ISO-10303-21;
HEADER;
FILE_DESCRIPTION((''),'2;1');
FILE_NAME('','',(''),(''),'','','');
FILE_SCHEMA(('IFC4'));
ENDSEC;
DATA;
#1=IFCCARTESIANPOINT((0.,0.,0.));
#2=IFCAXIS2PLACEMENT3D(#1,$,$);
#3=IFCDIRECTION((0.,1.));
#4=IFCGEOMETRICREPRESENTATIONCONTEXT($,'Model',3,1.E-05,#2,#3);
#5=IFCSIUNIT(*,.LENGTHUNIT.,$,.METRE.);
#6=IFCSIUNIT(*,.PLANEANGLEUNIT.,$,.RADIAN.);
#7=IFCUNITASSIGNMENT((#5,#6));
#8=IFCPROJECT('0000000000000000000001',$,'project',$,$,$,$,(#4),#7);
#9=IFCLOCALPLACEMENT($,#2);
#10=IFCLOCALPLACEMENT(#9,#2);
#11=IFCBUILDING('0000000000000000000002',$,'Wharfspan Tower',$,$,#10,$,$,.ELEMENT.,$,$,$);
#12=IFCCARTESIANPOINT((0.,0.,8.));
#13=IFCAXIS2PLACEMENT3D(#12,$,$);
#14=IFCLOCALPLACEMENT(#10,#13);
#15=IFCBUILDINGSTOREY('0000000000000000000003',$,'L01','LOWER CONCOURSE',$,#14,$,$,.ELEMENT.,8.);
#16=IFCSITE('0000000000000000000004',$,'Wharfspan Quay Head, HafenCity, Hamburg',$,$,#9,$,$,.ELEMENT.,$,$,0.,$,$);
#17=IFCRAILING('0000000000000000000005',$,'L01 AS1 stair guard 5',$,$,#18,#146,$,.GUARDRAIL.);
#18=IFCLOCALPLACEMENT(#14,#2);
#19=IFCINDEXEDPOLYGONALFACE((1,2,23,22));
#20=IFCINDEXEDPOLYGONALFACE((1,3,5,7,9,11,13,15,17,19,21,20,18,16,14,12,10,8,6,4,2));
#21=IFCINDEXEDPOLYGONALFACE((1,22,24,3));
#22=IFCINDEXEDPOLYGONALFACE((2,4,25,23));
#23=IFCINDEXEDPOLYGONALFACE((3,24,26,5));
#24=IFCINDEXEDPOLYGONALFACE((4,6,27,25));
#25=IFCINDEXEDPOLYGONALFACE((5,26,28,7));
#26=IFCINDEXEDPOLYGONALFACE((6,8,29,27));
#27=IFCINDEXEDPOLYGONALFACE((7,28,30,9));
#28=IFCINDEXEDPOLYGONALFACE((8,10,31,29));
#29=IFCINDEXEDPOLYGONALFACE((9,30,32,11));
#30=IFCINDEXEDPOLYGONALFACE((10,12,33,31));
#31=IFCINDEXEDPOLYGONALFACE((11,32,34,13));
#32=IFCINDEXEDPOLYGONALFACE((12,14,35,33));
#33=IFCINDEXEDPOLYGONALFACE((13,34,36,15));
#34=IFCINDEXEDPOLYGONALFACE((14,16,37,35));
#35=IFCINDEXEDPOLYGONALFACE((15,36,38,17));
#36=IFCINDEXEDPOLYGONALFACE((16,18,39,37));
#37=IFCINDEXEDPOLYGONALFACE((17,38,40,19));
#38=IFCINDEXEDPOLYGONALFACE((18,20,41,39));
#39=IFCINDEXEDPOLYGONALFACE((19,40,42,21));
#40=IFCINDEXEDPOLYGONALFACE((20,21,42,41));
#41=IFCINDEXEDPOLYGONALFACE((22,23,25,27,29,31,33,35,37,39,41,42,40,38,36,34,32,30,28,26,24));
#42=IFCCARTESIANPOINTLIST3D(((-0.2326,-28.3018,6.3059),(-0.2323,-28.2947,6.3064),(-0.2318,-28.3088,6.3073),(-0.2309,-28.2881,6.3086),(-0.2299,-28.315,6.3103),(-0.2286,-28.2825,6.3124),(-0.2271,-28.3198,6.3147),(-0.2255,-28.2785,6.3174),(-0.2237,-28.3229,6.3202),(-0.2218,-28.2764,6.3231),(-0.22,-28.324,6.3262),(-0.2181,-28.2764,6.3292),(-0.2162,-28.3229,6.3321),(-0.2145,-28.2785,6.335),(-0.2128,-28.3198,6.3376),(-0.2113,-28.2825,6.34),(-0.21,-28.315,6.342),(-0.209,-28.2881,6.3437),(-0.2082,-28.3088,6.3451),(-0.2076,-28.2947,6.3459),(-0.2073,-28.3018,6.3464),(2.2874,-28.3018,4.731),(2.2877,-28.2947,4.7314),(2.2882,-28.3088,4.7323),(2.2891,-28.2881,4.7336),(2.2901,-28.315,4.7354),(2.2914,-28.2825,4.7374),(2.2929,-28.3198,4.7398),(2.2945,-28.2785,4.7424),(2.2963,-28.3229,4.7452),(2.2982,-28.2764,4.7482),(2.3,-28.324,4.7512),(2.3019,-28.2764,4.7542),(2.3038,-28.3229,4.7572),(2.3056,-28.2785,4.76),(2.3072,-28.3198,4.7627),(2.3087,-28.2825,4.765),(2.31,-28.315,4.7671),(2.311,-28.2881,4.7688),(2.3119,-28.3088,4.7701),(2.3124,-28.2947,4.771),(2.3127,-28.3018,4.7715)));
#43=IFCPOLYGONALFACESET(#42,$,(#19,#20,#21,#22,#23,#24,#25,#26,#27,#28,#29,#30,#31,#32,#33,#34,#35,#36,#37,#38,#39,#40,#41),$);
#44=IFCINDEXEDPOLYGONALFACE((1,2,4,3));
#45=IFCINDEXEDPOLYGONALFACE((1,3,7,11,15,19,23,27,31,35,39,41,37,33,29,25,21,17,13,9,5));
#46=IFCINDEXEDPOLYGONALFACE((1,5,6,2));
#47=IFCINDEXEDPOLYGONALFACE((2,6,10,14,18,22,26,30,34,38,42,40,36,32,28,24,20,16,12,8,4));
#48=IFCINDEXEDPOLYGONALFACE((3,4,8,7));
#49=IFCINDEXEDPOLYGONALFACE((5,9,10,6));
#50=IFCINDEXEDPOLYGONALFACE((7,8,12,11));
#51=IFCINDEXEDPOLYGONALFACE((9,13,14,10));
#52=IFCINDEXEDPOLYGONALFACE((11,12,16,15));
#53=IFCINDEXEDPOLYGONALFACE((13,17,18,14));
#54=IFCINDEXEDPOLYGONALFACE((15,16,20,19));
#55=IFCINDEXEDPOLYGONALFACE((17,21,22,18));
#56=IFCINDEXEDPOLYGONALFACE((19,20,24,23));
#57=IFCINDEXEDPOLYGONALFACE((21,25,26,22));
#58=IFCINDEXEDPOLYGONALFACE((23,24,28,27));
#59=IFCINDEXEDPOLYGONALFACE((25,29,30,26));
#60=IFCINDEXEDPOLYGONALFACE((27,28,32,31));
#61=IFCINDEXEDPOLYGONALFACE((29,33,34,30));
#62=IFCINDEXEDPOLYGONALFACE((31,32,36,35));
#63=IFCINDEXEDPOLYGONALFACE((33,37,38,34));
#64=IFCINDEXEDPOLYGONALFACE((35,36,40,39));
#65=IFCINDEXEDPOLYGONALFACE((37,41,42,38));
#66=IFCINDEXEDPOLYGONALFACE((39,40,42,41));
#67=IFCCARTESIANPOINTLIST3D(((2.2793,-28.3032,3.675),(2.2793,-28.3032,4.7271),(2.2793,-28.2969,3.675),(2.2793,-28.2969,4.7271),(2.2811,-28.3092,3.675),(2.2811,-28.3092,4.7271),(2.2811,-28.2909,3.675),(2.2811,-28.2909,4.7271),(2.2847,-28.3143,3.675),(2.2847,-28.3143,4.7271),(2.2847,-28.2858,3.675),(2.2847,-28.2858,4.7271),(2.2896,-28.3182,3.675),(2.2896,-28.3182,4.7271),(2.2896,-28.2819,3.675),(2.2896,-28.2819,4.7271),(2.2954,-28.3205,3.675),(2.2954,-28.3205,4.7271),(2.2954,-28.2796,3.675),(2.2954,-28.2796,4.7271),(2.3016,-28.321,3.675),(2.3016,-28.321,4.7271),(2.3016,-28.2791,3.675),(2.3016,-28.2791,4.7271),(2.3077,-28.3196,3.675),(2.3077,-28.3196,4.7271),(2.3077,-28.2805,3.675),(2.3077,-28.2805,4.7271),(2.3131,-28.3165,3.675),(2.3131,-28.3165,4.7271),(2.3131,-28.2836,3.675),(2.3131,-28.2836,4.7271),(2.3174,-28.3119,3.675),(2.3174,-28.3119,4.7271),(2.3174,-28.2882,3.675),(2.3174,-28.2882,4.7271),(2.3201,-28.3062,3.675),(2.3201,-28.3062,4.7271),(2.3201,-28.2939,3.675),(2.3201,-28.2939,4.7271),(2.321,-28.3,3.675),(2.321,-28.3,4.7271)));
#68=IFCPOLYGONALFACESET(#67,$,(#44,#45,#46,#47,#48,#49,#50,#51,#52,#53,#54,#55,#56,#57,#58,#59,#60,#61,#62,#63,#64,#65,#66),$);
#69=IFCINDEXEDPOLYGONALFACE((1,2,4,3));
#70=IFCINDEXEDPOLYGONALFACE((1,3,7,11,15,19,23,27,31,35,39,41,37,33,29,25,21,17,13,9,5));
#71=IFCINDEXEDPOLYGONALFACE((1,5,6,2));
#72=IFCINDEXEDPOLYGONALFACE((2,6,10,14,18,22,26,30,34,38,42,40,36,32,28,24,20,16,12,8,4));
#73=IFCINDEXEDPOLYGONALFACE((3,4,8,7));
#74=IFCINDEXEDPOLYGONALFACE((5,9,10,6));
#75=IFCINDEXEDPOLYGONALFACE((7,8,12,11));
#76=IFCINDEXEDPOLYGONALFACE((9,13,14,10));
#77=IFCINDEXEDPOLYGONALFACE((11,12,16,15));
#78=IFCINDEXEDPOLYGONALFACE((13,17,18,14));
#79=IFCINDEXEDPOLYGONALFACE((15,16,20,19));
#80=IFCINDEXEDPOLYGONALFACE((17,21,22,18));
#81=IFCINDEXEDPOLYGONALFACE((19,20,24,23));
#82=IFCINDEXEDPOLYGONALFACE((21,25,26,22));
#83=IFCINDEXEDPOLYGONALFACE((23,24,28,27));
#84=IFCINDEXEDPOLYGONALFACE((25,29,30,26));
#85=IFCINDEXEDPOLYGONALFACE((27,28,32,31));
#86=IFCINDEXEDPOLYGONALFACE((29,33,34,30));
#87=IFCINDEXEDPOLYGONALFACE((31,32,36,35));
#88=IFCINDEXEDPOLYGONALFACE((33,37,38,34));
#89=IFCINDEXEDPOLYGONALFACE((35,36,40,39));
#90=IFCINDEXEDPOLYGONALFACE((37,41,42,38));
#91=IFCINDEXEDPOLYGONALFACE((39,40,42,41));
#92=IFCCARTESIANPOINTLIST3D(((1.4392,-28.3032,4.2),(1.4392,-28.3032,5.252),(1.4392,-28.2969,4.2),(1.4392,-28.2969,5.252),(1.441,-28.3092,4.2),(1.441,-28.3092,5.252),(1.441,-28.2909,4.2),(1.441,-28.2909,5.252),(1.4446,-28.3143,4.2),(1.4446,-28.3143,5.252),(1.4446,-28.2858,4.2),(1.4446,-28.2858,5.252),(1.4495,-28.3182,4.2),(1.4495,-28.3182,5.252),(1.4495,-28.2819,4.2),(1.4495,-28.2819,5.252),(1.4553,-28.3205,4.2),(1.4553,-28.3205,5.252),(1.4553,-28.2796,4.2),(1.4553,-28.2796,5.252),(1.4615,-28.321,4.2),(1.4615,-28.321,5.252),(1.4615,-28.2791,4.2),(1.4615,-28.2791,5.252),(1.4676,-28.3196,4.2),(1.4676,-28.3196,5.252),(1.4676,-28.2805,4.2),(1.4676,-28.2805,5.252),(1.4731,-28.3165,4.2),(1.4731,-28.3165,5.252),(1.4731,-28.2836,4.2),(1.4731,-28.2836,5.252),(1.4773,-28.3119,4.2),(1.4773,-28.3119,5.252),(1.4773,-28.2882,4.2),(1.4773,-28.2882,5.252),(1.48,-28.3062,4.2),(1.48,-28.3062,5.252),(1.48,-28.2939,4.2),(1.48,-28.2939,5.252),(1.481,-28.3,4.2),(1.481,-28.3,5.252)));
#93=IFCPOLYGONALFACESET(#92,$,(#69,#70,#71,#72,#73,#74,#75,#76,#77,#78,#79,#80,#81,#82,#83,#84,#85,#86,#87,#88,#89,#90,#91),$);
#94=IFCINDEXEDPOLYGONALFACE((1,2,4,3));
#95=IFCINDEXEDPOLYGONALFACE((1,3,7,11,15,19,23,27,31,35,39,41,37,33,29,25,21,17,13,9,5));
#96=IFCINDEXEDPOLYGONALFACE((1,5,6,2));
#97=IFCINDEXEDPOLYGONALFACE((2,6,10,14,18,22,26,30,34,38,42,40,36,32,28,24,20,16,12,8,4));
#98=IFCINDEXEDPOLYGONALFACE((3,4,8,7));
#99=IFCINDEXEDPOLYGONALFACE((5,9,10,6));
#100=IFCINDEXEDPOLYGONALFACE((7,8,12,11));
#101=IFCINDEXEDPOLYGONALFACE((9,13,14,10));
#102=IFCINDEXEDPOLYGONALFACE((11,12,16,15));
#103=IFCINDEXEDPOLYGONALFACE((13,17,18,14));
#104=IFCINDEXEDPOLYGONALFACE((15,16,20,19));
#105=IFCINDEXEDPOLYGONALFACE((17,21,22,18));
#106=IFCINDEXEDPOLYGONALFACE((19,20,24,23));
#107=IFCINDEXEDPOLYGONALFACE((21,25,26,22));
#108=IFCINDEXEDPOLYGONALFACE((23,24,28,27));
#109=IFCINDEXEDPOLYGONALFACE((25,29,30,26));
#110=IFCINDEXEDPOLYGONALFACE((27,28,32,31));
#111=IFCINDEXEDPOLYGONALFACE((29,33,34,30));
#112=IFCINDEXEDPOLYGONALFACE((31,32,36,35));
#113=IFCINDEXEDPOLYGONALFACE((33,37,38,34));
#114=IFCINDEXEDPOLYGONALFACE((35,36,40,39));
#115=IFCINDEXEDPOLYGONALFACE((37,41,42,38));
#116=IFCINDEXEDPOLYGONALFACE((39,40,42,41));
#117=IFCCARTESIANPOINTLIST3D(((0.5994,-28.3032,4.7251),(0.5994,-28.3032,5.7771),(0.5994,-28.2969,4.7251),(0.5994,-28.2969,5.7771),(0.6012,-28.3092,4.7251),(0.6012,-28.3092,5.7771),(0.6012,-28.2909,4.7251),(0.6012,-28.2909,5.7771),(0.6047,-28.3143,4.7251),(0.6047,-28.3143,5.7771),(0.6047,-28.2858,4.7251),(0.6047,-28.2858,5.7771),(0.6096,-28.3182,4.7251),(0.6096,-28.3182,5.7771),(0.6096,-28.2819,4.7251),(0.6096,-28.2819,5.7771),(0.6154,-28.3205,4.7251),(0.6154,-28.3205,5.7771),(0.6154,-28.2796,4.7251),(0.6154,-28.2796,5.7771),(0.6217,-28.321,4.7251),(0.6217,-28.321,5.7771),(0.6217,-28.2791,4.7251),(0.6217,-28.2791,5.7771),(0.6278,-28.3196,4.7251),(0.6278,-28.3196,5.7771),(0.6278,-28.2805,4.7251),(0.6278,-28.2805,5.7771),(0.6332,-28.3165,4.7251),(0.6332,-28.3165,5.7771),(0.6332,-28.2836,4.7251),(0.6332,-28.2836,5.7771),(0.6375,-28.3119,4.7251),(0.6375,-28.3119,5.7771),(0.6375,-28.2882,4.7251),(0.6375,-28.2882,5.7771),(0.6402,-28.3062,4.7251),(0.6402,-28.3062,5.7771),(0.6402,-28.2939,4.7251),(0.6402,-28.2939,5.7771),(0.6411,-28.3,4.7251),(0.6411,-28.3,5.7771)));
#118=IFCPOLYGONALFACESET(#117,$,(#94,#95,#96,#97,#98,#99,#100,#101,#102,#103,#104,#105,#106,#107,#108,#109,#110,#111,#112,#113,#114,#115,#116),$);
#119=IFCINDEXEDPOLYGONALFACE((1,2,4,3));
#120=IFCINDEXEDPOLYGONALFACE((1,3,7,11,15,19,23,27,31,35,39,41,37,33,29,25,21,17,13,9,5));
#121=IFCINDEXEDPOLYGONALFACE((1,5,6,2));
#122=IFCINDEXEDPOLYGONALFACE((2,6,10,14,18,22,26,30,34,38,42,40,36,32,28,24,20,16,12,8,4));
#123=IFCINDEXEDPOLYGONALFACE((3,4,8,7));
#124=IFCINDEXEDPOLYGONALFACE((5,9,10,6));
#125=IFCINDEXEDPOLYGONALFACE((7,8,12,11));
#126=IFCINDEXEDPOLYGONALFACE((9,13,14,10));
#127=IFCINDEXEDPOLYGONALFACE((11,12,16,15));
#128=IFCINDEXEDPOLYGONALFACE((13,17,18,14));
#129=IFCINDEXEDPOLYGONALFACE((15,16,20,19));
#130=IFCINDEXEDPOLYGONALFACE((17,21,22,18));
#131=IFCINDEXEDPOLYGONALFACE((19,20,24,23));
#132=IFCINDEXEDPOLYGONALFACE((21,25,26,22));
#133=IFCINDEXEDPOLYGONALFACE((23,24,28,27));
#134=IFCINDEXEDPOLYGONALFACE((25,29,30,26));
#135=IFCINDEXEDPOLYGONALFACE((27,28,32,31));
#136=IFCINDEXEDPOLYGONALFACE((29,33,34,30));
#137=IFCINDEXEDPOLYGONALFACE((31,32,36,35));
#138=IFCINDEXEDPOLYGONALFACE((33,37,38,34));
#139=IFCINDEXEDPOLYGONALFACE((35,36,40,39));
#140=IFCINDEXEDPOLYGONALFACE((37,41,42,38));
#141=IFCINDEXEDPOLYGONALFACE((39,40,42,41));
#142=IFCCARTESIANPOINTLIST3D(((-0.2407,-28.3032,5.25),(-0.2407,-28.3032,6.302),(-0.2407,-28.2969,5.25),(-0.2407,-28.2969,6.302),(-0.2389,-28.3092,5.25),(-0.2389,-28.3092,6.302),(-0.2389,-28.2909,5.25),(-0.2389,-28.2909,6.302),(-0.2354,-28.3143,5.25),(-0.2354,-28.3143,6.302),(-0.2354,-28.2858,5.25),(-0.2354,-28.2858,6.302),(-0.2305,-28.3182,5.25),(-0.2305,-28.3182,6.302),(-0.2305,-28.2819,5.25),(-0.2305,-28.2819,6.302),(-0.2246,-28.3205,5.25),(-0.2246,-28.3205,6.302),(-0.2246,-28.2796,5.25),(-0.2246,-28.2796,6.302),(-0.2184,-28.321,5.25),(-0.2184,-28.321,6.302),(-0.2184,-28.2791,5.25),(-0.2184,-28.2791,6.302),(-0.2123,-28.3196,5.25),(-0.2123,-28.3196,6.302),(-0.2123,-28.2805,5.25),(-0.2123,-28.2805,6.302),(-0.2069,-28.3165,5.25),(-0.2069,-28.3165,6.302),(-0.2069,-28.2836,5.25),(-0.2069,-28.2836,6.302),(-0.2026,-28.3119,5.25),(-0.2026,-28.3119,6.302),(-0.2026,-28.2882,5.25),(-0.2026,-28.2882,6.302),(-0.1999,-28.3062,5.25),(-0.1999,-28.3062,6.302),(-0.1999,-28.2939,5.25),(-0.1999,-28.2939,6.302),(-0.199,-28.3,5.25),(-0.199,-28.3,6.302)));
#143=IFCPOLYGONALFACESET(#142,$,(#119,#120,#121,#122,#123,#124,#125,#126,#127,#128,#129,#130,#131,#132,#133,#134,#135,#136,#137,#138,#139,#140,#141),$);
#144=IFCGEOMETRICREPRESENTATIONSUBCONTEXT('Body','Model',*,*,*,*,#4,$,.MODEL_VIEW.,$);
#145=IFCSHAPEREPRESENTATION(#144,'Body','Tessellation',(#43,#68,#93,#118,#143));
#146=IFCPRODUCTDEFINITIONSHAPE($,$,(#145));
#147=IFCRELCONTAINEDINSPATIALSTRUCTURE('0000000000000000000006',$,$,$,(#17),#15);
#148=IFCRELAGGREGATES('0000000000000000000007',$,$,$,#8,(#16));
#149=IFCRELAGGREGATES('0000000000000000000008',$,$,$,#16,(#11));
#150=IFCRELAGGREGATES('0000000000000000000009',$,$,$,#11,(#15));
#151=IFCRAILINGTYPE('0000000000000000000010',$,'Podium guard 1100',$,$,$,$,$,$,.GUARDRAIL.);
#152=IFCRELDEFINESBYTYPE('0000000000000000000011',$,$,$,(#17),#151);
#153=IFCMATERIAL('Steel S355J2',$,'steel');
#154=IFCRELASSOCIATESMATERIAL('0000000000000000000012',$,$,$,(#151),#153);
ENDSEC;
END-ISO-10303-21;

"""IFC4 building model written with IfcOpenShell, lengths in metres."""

from ifc_helpers import new_model, si_unit, direction, frame, origin, origin_2d, place, context, subcontext, project, spatial, circle, extrude, material, type_object, element, save


model = new_model("IFC4")

# Units and contexts
model_context = context("Model", 3, precision=1e-05, world=origin(), true_north=direction((0.0, 1.0)))
body_context = subcontext(model_context, "Body", "Model", "MODEL_VIEW")
ifc_project = project(units=[si_unit("LENGTHUNIT", "METRE"), si_unit("PLANEANGLEUNIT", "RADIAN")], contexts=[model_context])

# Site, building, storey
site_placement = place(None, origin())
site = spatial("IfcSite", under=ifc_project, at=site_placement, Name="Wharfspan Quay Head, HafenCity, Hamburg", CompositionType="ELEMENT", RefElevation=0.0)
building_placement = place(site_placement, origin())
building = spatial("IfcBuilding", under=site, at=building_placement, Name="Wharfspan Tower", CompositionType="ELEMENT")
storey_placement = place(building_placement, frame((0.0, 0.0, 8.0)))
storey = spatial("IfcBuildingStorey", under=building, at=storey_placement, Name="L01", Description="LOWER CONCOURSE", CompositionType="ELEMENT", Elevation=8.0)

# Railing
ifc_material_1 = material(Name="Steel S355J2", Category="steel")
railing_type_1 = type_object("IfcRailingType", Name="Podium guard 1100", PredefinedType="GUARDRAIL", material=ifc_material_1)
railing_1_placement = place(storey_placement, frame((2.3, -28.3, 3.675)))
element("IfcRailing", 1, at=railing_1_placement, inside=storey, type_object=railing_type_1, Name="L01 AS1 stair guard 5", PredefinedType="GUARDRAIL", context=body_context, shape_type="SweptSolid", body=[
    extrude(circle(Radius=0.0239, at=origin_2d()), frame((0.0, 0.0, 1.0762), z_axis=(-0.848008, 0.0, 0.529984), x_axis=(0.0, -1.0, 0.0)), (0.0, 0.0, 1.0), 2.9717),
    extrude(circle(Radius=0.021, at=origin_2d()), origin(), (0.0, 0.0, 1.0), 1.052),
    extrude(circle(Radius=0.021, at=origin_2d()), frame((-0.8401, 0.0, 0.5249)), (0.0, 0.0, 1.0), 1.052),
    extrude(circle(Radius=0.021, at=origin_2d()), frame((-1.6799, 0.0, 1.05)), (0.0, 0.0, 1.0), 1.052),
    extrude(circle(Radius=0.021, at=origin_2d()), frame((-2.52, 0.0, 1.575)), (0.0, 0.0, 1.0), 1.052),
])

save(model, "model.ifc")
